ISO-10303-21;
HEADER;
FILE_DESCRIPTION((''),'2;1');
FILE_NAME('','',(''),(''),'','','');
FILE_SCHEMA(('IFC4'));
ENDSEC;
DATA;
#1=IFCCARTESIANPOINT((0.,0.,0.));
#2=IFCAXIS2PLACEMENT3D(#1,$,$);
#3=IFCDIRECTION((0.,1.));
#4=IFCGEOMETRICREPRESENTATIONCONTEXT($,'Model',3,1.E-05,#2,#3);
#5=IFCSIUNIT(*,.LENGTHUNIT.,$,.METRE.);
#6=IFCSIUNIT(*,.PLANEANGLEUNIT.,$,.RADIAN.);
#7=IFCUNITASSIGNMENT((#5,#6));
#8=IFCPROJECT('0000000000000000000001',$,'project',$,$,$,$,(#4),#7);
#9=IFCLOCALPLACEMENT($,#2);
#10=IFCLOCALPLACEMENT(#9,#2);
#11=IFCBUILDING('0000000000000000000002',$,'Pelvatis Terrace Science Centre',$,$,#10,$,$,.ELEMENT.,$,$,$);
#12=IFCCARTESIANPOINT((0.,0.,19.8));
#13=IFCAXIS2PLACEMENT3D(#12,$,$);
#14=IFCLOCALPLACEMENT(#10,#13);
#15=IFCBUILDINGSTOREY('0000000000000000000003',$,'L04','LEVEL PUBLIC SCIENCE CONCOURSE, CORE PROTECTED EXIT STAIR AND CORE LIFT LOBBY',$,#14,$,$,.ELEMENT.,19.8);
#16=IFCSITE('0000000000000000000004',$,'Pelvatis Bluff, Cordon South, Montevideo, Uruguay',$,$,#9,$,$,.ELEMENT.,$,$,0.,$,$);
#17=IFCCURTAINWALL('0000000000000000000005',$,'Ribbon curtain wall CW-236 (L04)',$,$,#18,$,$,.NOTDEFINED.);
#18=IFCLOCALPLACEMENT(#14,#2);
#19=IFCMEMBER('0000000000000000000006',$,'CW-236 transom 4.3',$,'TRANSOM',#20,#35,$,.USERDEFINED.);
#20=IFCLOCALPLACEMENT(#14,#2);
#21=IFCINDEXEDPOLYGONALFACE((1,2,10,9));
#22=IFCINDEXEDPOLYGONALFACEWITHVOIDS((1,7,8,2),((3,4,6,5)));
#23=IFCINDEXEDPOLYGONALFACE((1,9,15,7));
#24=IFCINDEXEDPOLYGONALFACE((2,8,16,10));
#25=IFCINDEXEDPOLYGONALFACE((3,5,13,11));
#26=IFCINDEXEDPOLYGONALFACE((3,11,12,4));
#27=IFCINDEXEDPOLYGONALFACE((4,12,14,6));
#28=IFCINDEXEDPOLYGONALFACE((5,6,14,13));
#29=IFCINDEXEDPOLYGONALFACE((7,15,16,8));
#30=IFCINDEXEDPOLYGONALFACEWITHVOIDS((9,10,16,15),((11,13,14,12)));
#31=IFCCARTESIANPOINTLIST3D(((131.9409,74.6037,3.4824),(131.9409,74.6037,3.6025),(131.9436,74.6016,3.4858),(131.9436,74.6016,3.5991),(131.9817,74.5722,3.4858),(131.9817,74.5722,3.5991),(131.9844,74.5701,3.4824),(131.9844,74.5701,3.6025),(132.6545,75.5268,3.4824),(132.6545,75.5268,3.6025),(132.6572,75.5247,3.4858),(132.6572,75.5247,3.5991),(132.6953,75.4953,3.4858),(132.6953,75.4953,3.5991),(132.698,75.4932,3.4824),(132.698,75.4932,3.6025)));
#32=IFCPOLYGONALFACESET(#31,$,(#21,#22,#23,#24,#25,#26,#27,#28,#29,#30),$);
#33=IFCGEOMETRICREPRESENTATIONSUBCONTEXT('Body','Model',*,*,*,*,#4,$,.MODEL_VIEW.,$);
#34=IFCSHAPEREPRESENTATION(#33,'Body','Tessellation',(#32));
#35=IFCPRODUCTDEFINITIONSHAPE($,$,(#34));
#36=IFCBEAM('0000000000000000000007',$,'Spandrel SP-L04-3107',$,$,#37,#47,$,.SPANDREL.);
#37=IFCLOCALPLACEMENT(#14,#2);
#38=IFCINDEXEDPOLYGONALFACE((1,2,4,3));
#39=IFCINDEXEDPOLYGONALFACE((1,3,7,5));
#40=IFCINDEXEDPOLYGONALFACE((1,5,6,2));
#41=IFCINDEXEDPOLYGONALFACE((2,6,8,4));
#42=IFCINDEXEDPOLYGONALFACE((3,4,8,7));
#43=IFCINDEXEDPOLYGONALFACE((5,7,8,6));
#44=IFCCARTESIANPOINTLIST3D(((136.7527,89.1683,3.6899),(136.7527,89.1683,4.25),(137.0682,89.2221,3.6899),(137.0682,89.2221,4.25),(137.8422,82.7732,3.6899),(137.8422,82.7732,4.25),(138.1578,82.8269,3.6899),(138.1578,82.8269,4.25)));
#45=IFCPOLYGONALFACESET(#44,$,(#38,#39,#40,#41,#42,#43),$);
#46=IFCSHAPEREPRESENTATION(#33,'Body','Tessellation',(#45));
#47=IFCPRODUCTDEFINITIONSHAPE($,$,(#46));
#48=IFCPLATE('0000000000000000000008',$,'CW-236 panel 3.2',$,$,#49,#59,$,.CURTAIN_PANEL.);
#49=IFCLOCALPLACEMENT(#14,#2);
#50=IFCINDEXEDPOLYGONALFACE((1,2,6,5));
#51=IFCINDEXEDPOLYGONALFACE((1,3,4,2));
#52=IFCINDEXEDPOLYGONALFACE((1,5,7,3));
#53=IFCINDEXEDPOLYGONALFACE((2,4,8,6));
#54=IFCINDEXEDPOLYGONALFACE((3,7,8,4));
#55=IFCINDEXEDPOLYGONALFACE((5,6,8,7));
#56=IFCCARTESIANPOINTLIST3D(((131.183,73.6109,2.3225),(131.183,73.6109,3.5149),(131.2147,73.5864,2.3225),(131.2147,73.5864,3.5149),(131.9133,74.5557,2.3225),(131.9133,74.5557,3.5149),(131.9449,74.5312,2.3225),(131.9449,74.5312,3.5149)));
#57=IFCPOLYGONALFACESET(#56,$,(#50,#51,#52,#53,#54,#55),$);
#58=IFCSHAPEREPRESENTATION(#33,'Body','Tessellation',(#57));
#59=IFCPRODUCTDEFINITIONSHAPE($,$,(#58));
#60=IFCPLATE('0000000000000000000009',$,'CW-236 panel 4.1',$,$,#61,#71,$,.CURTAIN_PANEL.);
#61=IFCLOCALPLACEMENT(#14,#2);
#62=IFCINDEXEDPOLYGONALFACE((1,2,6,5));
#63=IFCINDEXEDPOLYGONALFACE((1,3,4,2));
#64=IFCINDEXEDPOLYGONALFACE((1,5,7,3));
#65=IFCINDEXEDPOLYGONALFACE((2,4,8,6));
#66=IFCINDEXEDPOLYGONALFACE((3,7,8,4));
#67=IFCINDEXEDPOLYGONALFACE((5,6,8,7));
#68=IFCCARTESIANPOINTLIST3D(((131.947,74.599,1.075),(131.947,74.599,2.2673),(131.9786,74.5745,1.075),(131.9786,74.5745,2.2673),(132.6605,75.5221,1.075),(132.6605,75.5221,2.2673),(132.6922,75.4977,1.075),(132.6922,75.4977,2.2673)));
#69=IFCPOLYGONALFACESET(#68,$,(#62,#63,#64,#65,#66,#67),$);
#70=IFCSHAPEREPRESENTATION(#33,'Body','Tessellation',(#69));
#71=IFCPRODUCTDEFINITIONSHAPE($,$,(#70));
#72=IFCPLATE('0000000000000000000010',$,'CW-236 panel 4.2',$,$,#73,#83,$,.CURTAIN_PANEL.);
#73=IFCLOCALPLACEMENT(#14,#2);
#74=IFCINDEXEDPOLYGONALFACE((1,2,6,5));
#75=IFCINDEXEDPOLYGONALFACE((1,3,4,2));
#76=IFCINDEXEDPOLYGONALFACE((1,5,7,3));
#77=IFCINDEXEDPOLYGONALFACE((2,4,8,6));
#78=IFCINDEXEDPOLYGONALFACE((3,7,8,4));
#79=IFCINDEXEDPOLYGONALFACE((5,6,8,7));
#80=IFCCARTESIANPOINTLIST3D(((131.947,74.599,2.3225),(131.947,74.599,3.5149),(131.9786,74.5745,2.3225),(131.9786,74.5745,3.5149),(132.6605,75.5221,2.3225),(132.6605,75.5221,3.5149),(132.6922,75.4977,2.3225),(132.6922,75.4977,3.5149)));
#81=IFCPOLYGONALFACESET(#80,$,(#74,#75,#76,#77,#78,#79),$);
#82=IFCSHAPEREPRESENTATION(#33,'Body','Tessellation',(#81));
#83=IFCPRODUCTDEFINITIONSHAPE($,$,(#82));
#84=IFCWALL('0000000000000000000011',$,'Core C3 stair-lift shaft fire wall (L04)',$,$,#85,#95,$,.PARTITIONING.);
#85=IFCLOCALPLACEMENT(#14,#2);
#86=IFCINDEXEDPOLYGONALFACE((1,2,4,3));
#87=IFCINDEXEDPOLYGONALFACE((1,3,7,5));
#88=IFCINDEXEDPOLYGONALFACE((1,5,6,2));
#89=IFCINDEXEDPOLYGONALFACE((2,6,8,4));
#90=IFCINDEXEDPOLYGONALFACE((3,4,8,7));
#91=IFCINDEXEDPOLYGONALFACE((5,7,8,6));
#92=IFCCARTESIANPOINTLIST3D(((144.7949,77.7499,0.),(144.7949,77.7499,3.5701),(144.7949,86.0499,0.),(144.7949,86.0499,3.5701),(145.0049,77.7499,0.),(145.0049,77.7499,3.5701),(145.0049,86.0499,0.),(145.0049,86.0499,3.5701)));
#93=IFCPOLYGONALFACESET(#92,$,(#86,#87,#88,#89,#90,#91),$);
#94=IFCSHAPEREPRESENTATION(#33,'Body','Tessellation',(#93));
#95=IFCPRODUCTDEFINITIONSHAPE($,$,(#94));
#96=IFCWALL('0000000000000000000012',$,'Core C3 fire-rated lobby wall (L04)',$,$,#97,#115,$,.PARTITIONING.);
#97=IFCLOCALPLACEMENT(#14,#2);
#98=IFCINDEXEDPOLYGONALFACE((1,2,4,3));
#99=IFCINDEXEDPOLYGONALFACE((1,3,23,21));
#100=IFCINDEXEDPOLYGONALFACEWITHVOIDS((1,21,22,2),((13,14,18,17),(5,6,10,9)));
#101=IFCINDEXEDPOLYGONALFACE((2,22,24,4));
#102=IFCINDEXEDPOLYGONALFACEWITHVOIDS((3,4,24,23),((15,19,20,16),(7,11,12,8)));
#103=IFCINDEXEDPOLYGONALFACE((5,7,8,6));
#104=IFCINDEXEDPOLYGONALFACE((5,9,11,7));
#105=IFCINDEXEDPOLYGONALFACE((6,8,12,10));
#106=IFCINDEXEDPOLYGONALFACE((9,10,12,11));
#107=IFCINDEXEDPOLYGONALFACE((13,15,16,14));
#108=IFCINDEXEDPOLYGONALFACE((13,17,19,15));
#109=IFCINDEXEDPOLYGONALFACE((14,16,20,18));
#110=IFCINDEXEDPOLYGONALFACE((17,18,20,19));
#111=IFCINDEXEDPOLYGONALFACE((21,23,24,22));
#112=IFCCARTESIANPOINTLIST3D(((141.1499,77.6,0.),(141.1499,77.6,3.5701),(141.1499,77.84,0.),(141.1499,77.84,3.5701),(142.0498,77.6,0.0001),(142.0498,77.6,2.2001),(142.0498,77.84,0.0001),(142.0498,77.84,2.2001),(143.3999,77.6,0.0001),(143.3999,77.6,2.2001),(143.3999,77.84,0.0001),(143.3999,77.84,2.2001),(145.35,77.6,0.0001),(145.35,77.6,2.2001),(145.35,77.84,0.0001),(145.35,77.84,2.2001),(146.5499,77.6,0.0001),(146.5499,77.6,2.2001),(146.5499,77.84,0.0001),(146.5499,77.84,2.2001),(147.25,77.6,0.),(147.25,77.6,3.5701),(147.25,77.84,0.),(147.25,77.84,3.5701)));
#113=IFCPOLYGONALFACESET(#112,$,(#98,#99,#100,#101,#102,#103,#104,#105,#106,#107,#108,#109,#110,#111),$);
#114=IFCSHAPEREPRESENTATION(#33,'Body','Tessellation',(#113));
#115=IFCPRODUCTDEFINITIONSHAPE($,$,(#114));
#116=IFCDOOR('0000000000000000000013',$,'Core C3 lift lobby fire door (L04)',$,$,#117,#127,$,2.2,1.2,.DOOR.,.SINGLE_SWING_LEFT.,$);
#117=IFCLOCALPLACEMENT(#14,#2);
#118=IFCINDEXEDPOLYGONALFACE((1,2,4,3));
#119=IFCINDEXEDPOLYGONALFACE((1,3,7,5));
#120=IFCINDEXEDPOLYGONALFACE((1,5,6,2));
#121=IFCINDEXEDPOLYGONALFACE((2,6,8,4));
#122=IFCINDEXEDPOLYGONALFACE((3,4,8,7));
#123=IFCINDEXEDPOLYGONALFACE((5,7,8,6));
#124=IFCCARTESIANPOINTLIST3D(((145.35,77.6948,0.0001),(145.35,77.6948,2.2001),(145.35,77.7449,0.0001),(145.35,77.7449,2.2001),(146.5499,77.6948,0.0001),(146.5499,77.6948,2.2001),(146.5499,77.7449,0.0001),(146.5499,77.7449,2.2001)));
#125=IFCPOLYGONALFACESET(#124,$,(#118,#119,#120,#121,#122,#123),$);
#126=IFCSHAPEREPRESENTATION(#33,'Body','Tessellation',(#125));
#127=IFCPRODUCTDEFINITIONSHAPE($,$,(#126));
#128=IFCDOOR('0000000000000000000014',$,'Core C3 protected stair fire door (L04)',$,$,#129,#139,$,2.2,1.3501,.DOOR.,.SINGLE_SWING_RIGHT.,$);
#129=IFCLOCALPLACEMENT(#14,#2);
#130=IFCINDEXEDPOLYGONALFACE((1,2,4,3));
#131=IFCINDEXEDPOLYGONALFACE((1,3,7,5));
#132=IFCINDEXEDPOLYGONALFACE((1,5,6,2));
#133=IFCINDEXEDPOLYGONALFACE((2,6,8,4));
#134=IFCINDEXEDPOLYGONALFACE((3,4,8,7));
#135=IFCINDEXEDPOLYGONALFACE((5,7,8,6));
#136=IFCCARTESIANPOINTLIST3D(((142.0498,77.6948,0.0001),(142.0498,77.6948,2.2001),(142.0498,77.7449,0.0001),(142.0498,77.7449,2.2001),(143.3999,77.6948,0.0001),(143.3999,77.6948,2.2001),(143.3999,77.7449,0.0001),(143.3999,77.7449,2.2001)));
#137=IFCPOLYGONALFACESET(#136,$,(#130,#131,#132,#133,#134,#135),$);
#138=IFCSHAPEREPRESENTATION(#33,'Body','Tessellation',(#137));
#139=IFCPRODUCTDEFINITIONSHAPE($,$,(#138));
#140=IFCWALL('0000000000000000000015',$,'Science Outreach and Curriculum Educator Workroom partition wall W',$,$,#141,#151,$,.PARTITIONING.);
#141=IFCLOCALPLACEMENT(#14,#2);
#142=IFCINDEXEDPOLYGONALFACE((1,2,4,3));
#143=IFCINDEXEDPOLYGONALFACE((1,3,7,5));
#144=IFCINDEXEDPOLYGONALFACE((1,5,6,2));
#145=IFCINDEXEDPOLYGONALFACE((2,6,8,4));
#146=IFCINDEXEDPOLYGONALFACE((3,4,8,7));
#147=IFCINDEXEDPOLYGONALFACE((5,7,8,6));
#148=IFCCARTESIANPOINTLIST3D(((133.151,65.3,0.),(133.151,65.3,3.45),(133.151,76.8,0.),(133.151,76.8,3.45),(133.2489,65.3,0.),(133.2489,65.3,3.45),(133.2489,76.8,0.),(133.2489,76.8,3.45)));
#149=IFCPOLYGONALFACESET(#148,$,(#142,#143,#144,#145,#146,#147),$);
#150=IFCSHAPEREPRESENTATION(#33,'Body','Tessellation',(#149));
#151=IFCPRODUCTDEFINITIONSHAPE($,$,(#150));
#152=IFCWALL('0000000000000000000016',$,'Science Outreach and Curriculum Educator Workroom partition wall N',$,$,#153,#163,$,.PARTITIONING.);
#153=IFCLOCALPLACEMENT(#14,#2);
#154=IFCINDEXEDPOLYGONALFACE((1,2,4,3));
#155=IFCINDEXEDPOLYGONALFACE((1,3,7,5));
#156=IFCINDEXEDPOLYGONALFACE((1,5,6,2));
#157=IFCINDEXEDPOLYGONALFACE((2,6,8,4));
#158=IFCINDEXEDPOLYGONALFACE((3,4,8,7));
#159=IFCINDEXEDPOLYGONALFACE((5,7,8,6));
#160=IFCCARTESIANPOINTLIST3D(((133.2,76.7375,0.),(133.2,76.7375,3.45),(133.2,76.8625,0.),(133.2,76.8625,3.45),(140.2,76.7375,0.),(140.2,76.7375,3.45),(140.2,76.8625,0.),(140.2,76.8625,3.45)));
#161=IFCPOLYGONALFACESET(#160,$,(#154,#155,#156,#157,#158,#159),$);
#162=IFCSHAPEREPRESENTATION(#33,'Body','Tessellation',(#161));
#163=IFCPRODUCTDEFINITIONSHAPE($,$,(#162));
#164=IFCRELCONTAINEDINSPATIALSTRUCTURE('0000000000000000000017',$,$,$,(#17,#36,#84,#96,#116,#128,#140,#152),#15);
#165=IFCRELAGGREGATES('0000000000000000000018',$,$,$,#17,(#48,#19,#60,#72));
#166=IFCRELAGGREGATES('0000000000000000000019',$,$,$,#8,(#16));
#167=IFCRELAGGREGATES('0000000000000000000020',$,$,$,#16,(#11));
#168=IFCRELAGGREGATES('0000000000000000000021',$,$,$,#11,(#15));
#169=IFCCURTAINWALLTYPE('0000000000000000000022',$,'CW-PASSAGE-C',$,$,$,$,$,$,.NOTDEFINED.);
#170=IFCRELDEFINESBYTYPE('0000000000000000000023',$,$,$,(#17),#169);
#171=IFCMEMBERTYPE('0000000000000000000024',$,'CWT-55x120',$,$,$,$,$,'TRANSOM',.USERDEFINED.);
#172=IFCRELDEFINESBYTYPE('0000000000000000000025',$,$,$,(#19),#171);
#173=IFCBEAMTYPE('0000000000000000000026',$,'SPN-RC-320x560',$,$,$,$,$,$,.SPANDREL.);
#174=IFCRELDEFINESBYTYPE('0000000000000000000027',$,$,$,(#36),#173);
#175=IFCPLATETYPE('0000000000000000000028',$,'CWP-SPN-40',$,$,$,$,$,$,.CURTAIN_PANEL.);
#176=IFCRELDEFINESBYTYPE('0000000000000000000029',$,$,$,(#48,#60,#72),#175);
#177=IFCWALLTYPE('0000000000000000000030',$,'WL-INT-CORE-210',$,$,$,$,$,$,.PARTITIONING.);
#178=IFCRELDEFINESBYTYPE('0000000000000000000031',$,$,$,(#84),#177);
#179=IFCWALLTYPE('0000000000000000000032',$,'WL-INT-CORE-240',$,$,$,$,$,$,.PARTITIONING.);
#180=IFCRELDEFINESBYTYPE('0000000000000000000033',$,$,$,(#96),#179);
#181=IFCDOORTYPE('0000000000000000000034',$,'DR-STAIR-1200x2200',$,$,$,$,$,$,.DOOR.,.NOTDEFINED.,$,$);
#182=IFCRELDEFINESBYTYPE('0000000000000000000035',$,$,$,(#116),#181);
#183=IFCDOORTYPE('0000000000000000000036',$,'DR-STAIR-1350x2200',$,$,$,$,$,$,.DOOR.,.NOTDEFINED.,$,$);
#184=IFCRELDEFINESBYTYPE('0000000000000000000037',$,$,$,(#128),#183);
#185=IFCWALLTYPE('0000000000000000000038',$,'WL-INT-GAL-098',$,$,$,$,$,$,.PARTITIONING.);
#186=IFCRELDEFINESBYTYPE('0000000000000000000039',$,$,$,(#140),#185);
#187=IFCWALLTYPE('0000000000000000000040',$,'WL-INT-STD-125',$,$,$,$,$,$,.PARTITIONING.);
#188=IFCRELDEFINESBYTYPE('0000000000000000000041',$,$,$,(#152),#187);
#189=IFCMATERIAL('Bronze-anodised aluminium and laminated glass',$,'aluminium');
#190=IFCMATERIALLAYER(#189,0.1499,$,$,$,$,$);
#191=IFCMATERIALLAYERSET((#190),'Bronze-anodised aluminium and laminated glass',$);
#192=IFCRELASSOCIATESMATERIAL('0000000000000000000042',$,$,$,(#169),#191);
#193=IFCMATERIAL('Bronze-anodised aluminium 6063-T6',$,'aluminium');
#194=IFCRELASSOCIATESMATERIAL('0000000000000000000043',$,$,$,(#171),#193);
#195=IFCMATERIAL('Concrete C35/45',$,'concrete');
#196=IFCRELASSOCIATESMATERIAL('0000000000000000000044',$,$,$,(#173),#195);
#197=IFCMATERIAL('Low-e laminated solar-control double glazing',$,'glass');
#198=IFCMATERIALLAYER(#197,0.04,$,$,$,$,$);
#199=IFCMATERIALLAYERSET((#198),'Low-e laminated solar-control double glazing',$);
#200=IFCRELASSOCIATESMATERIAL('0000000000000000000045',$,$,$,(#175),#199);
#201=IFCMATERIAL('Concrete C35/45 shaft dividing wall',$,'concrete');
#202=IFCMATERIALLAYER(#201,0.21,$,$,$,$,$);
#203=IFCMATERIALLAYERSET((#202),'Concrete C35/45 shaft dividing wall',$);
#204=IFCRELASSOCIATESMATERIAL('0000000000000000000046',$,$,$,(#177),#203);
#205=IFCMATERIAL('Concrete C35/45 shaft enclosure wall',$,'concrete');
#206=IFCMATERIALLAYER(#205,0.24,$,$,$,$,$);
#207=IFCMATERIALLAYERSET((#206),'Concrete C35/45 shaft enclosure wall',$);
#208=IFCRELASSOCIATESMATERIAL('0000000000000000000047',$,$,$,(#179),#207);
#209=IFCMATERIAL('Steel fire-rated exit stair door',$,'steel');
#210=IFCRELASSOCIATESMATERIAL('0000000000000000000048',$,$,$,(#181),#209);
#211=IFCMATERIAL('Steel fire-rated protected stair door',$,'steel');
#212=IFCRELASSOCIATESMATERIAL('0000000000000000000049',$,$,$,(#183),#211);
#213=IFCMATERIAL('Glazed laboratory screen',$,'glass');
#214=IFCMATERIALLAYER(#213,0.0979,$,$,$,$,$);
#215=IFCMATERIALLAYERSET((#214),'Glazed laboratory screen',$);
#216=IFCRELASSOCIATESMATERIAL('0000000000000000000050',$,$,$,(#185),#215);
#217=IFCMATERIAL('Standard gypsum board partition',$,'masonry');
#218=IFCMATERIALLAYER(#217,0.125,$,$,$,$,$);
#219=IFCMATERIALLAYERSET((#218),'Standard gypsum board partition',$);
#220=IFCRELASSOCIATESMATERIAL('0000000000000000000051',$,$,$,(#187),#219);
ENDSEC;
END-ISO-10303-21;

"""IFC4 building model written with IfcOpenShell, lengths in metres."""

from ifc_helpers import new_model, si_unit, direction, frame, frame_2d, origin, origin_2d, place, context, subcontext, project, spatial, rectangle, hollow_rectangle, extrude, material, layer, layer_set, material_profile, profile_set, type_object, element, fill, aggregate, save


model = new_model("IFC4")

# Units and contexts
model_context = context("Model", 3, precision=1e-05, world=origin(), true_north=direction((0.0, 1.0)))
body_context = subcontext(model_context, "Body", "Model", "MODEL_VIEW")
ifc_project = project(units=[si_unit("LENGTHUNIT", "METRE"), si_unit("PLANEANGLEUNIT", "RADIAN")], contexts=[model_context])

# Site, building, storey
site_placement = place(None, origin())
site = spatial("IfcSite", under=ifc_project, at=site_placement, Name="Pelvatis Bluff, Cordon South, Montevideo, Uruguay", CompositionType="ELEMENT", RefElevation=0.0)
building_placement = place(site_placement, origin())
building = spatial("IfcBuilding", under=site, at=building_placement, Name="Pelvatis Terrace Science Centre", CompositionType="ELEMENT")
storey_placement = place(building_placement, frame((0.0, 0.0, 19.8)))
storey = spatial("IfcBuildingStorey", under=building, at=storey_placement, Name="L04", Description="LEVEL PUBLIC SCIENCE CONCOURSE, CORE PROTECTED EXIT STAIR AND CORE LIFT LOBBY", CompositionType="ELEMENT", Elevation=19.8)

# Curtain wall, member
ifc_material_1 = material(Name="Bronze-anodised aluminium and laminated glass", Category="aluminium")
ifc_layer_1 = layer(ifc_material_1, 0.1499)
ifc_layer_set_1 = layer_set([ifc_layer_1], Name="Bronze-anodised aluminium and laminated glass")
curtain_wall_type = type_object("IfcCurtainWallType", Name="CW-PASSAGE-C", PredefinedType="NOTDEFINED", material=ifc_layer_set_1)
curtain_wall_placement = place(storey_placement, origin())
curtain_wall = element("IfcCurtainWall", 1, at=curtain_wall_placement, inside=storey, type_object=curtain_wall_type, Name="Ribbon curtain wall CW-236 (L04)", PredefinedType="NOTDEFINED")
ifc_material_2 = material(Name="Bronze-anodised aluminium 6063-T6", Category="aluminium")
ifc_material_profile_1 = material_profile(ifc_material_2, hollow_rectangle(XDim=0.0549, YDim=0.1201, WallThickness=0.0034, at=origin_2d()), Name="ALU-TRN 55x120")
ifc_profile_set_1 = profile_set([ifc_material_profile_1], Name="Bronze-anodised aluminium 6063-T6")
member_type_1 = type_object("IfcMemberType", Name="CWT-55x120", ElementType="TRANSOM", PredefinedType="USERDEFINED", material=ifc_profile_set_1)
member_1_placement = place(storey_placement, frame((131.9626, 74.5869, 3.5425), z_axis=(0.61162, 0.791152, 0.0), x_axis=(-0.791152, 0.61162, 0.0)))
member_1 = element("IfcMember", 2, at=member_1_placement, type_object=member_type_1, Name="CW-236 transom 4.3", ObjectType="TRANSOM", PredefinedType="USERDEFINED", context=body_context, shape_type="SweptSolid", body=[
    extrude(hollow_rectangle(XDim=0.0549, YDim=0.1201, WallThickness=0.0034, at=origin_2d()), origin(), (0.0, 0.0, 1.0), 1.1667),
])

# Beam
ifc_material_3 = material(Name="Concrete C35/45", Category="concrete")
ifc_material_profile_2 = material_profile(ifc_material_3, rectangle(XDim=0.3201, YDim=0.5601, at=origin_2d()), Name="RC-SPN 320x560")
ifc_profile_set_2 = profile_set([ifc_material_profile_2], Name="Concrete C35/45")
beam_type_1 = type_object("IfcBeamType", Name="SPN-RC-320x560", PredefinedType="SPANDREL", material=ifc_profile_set_2)
beam_1_placement = place(storey_placement, frame((138.0, 82.8, 3.97), z_axis=(-0.167956, 0.985795, 0.0), x_axis=(-0.985795, -0.167956, 0.0)))
element("IfcBeam", 3, at=beam_1_placement, inside=storey, type_object=beam_type_1, Name="Spandrel SP-L04-3107", PredefinedType="SPANDREL", context=body_context, shape_type="SweptSolid", body=[
    extrude(rectangle(XDim=0.3201, YDim=0.5601, at=origin_2d()), origin(), (0.0, 0.0, 1.0), 6.4873),
])

# Plates
ifc_material_4 = material(Name="Low-e laminated solar-control double glazing", Category="glass")
ifc_layer_2 = layer(ifc_material_4, 0.04)
ifc_layer_set_2 = layer_set([ifc_layer_2], Name="Low-e laminated solar-control double glazing")
plate_type = type_object("IfcPlateType", Name="CWP-SPN-40", PredefinedType="CURTAIN_PANEL", material=ifc_layer_set_2)
plate_1_placement = place(storey_placement, frame((131.564, 74.071, 2.3225), z_axis=(0.0, 0.0, 1.0), x_axis=(0.611582, 0.791181, 0.0)))
plate_1 = element("IfcPlate", 4, at=plate_1_placement, type_object=plate_type, Name="CW-236 panel 3.2", PredefinedType="CURTAIN_PANEL", context=body_context, shape_type="SweptSolid", body=[
    extrude(rectangle(XDim=1.1941, YDim=0.04, at=origin_2d()), origin(), (0.0, 0.0, 1.0), 1.1924),
])
plate_2_placement = place(storey_placement, frame((132.3196, 75.0483, 1.075), z_axis=(0.0, 0.0, 1.0), x_axis=(0.611582, 0.791181, 0.0)))
plate_2 = element("IfcPlate", 5, at=plate_2_placement, type_object=plate_type, Name="CW-236 panel 4.1", PredefinedType="CURTAIN_PANEL", context=body_context, shape_type="SweptSolid", body=[
    extrude(rectangle(XDim=1.1667, YDim=0.04, at=origin_2d()), origin(), (0.0, 0.0, 1.0), 1.1924),
])
plate_3_placement = place(storey_placement, frame((132.3196, 75.0483, 2.3225), z_axis=(0.0, 0.0, 1.0), x_axis=(0.611582, 0.791181, 0.0)))
plate_3 = element("IfcPlate", 6, at=plate_3_placement, type_object=plate_type, Name="CW-236 panel 4.2", PredefinedType="CURTAIN_PANEL", context=body_context, shape_type="SweptSolid", body=[
    extrude(rectangle(XDim=1.1667, YDim=0.04, at=origin_2d()), origin(), (0.0, 0.0, 1.0), 1.1924),
])
aggregate(curtain_wall, [plate_1, member_1, plate_2, plate_3])

# Wall
ifc_material_5 = material(Name="Concrete C35/45 shaft dividing wall", Category="concrete")
ifc_layer_3 = layer(ifc_material_5, 0.21)
ifc_layer_set_3 = layer_set([ifc_layer_3], Name="Concrete C35/45 shaft dividing wall")
wall_type_1 = type_object("IfcWallType", Name="WL-INT-CORE-210", PredefinedType="PARTITIONING", material=ifc_layer_set_3)
wall_1_placement = place(storey_placement, frame((144.8999, 77.75, 0.0), z_axis=(0.0, 0.0, 1.0), x_axis=(0.0, 1.0, 0.0)))
element("IfcWall", 7, at=wall_1_placement, inside=storey, type_object=wall_type_1, Name="Core C3 stair-lift shaft fire wall (L04)", PredefinedType="PARTITIONING", context=body_context, shape_type="SweptSolid", body=[
    extrude(rectangle(XDim=8.3, YDim=0.21, at=frame_2d((4.1499, 0.0))), origin(), (0.0, 0.0, 1.0), 3.5701),
])

# Wall, openings, doors
ifc_material_6 = material(Name="Concrete C35/45 shaft enclosure wall", Category="concrete")
ifc_layer_4 = layer(ifc_material_6, 0.24)
ifc_layer_set_4 = layer_set([ifc_layer_4], Name="Concrete C35/45 shaft enclosure wall")
wall_type_2 = type_object("IfcWallType", Name="WL-INT-CORE-240", PredefinedType="PARTITIONING", material=ifc_layer_set_4)
wall_2_placement = place(storey_placement, frame((141.1499, 77.72, 0.0), z_axis=(0.0, 0.0, 1.0), x_axis=(1.0, 0.0, 0.0)))
wall_2 = element("IfcWall", 8, at=wall_2_placement, inside=storey, type_object=wall_type_2, Name="Core C3 fire-rated lobby wall (L04)", PredefinedType="PARTITIONING", context=body_context, shape_type="SweptSolid", body=[
    extrude(rectangle(XDim=6.1001, YDim=0.24, at=frame_2d((3.05, 0.0))), origin(), (0.0, 0.0, 1.0), 3.5701),
])
opening_1_placement = place(wall_2_placement, frame((0.8999, 0.0, 0.0)))
opening_1 = element("IfcOpeningElement", 9, at=opening_1_placement, cuts=wall_2, PredefinedType="OPENING", context=body_context, shape_type="SweptSolid", body=[
    extrude(rectangle(XDim=1.3501, YDim=2.2, at=frame_2d((0.675, 1.1001))), frame((0.0, 0.1299, 0.0), z_axis=(0.0, -1.0, 0.0), x_axis=(1.0, 0.0, 0.0)), (0.0, 0.0, 1.0), 0.26),
])
opening_2_placement = place(wall_2_placement, frame((4.2, 0.0, 0.0)))
opening_2 = element("IfcOpeningElement", 10, at=opening_2_placement, cuts=wall_2, PredefinedType="OPENING", context=body_context, shape_type="SweptSolid", body=[
    extrude(rectangle(XDim=1.2, YDim=2.2, at=frame_2d((0.6001, 1.1001))), frame((0.0, 0.1299, 0.0), z_axis=(0.0, -1.0, 0.0), x_axis=(1.0, 0.0, 0.0)), (0.0, 0.0, 1.0), 0.26),
])
ifc_material_7 = material(Name="Steel fire-rated exit stair door", Category="steel")
door_type_1 = type_object("IfcDoorType", Name="DR-STAIR-1200x2200", OperationType="NOTDEFINED", PredefinedType="DOOR", material=ifc_material_7)
door_1_placement = place(opening_2_placement, origin())
door_1 = element("IfcDoor", 11, at=door_1_placement, inside=storey, type_object=door_type_1, Name="Core C3 lift lobby fire door (L04)", OperationType="SINGLE_SWING_LEFT", OverallHeight=2.2, OverallWidth=1.2, PredefinedType="DOOR", context=body_context, shape_type="SweptSolid", body=[
    extrude(rectangle(XDim=1.2, YDim=2.2, at=frame_2d((0.6001, 1.1001))), frame((0.0, 0.0249, 0.0), z_axis=(0.0, -1.0, 0.0), x_axis=(1.0, 0.0, 0.0)), (0.0, 0.0, 1.0), 0.05),
])
fill(opening_2, door_1)
ifc_material_8 = material(Name="Steel fire-rated protected stair door", Category="steel")
door_type_2 = type_object("IfcDoorType", Name="DR-STAIR-1350x2200", OperationType="NOTDEFINED", PredefinedType="DOOR", material=ifc_material_8)
door_2_placement = place(opening_1_placement, origin())
door_2 = element("IfcDoor", 12, at=door_2_placement, inside=storey, type_object=door_type_2, Name="Core C3 protected stair fire door (L04)", OperationType="SINGLE_SWING_RIGHT", OverallHeight=2.2, OverallWidth=1.3501, PredefinedType="DOOR", context=body_context, shape_type="SweptSolid", body=[
    extrude(rectangle(XDim=1.3501, YDim=2.2, at=frame_2d((0.675, 1.1001))), frame((0.0, 0.0249, 0.0), z_axis=(0.0, -1.0, 0.0), x_axis=(1.0, 0.0, 0.0)), (0.0, 0.0, 1.0), 0.05),
])
fill(opening_1, door_2)

# Walls
ifc_material_9 = material(Name="Glazed laboratory screen", Category="glass")
ifc_layer_5 = layer(ifc_material_9, 0.0979)
ifc_layer_set_5 = layer_set([ifc_layer_5], Name="Glazed laboratory screen")
wall_type_3 = type_object("IfcWallType", Name="WL-INT-GAL-098", PredefinedType="PARTITIONING", material=ifc_layer_set_5)
wall_3_placement = place(storey_placement, frame((133.2, 76.8, 0.0), z_axis=(0.0, 0.0, 1.0), x_axis=(0.0, -1.0, 0.0)))
element("IfcWall", 13, at=wall_3_placement, inside=storey, type_object=wall_type_3, Name="Science Outreach and Curriculum Educator Workroom partition wall W", PredefinedType="PARTITIONING", context=body_context, shape_type="SweptSolid", body=[
    extrude(rectangle(XDim=11.5, YDim=0.0979, at=frame_2d((5.75, 0.0))), origin(), (0.0, 0.0, 1.0), 3.45),
])
ifc_material_10 = material(Name="Standard gypsum board partition", Category="masonry")
ifc_layer_6 = layer(ifc_material_10, 0.125)
ifc_layer_set_6 = layer_set([ifc_layer_6], Name="Standard gypsum board partition")
wall_type_4 = type_object("IfcWallType", Name="WL-INT-STD-125", PredefinedType="PARTITIONING", material=ifc_layer_set_6)
wall_4_placement = place(storey_placement, frame((140.2, 76.8, 0.0), z_axis=(0.0, 0.0, 1.0), x_axis=(-1.0, 0.0, 0.0)))
element("IfcWall", 14, at=wall_4_placement, inside=storey, type_object=wall_type_4, Name="Science Outreach and Curriculum Educator Workroom partition wall N", PredefinedType="PARTITIONING", context=body_context, shape_type="SweptSolid", body=[
    extrude(rectangle(XDim=7.0, YDim=0.125, at=frame_2d((3.5, 0.0))), origin(), (0.0, 0.0, 1.0), 3.45),
])

save(model, "model.ifc")
